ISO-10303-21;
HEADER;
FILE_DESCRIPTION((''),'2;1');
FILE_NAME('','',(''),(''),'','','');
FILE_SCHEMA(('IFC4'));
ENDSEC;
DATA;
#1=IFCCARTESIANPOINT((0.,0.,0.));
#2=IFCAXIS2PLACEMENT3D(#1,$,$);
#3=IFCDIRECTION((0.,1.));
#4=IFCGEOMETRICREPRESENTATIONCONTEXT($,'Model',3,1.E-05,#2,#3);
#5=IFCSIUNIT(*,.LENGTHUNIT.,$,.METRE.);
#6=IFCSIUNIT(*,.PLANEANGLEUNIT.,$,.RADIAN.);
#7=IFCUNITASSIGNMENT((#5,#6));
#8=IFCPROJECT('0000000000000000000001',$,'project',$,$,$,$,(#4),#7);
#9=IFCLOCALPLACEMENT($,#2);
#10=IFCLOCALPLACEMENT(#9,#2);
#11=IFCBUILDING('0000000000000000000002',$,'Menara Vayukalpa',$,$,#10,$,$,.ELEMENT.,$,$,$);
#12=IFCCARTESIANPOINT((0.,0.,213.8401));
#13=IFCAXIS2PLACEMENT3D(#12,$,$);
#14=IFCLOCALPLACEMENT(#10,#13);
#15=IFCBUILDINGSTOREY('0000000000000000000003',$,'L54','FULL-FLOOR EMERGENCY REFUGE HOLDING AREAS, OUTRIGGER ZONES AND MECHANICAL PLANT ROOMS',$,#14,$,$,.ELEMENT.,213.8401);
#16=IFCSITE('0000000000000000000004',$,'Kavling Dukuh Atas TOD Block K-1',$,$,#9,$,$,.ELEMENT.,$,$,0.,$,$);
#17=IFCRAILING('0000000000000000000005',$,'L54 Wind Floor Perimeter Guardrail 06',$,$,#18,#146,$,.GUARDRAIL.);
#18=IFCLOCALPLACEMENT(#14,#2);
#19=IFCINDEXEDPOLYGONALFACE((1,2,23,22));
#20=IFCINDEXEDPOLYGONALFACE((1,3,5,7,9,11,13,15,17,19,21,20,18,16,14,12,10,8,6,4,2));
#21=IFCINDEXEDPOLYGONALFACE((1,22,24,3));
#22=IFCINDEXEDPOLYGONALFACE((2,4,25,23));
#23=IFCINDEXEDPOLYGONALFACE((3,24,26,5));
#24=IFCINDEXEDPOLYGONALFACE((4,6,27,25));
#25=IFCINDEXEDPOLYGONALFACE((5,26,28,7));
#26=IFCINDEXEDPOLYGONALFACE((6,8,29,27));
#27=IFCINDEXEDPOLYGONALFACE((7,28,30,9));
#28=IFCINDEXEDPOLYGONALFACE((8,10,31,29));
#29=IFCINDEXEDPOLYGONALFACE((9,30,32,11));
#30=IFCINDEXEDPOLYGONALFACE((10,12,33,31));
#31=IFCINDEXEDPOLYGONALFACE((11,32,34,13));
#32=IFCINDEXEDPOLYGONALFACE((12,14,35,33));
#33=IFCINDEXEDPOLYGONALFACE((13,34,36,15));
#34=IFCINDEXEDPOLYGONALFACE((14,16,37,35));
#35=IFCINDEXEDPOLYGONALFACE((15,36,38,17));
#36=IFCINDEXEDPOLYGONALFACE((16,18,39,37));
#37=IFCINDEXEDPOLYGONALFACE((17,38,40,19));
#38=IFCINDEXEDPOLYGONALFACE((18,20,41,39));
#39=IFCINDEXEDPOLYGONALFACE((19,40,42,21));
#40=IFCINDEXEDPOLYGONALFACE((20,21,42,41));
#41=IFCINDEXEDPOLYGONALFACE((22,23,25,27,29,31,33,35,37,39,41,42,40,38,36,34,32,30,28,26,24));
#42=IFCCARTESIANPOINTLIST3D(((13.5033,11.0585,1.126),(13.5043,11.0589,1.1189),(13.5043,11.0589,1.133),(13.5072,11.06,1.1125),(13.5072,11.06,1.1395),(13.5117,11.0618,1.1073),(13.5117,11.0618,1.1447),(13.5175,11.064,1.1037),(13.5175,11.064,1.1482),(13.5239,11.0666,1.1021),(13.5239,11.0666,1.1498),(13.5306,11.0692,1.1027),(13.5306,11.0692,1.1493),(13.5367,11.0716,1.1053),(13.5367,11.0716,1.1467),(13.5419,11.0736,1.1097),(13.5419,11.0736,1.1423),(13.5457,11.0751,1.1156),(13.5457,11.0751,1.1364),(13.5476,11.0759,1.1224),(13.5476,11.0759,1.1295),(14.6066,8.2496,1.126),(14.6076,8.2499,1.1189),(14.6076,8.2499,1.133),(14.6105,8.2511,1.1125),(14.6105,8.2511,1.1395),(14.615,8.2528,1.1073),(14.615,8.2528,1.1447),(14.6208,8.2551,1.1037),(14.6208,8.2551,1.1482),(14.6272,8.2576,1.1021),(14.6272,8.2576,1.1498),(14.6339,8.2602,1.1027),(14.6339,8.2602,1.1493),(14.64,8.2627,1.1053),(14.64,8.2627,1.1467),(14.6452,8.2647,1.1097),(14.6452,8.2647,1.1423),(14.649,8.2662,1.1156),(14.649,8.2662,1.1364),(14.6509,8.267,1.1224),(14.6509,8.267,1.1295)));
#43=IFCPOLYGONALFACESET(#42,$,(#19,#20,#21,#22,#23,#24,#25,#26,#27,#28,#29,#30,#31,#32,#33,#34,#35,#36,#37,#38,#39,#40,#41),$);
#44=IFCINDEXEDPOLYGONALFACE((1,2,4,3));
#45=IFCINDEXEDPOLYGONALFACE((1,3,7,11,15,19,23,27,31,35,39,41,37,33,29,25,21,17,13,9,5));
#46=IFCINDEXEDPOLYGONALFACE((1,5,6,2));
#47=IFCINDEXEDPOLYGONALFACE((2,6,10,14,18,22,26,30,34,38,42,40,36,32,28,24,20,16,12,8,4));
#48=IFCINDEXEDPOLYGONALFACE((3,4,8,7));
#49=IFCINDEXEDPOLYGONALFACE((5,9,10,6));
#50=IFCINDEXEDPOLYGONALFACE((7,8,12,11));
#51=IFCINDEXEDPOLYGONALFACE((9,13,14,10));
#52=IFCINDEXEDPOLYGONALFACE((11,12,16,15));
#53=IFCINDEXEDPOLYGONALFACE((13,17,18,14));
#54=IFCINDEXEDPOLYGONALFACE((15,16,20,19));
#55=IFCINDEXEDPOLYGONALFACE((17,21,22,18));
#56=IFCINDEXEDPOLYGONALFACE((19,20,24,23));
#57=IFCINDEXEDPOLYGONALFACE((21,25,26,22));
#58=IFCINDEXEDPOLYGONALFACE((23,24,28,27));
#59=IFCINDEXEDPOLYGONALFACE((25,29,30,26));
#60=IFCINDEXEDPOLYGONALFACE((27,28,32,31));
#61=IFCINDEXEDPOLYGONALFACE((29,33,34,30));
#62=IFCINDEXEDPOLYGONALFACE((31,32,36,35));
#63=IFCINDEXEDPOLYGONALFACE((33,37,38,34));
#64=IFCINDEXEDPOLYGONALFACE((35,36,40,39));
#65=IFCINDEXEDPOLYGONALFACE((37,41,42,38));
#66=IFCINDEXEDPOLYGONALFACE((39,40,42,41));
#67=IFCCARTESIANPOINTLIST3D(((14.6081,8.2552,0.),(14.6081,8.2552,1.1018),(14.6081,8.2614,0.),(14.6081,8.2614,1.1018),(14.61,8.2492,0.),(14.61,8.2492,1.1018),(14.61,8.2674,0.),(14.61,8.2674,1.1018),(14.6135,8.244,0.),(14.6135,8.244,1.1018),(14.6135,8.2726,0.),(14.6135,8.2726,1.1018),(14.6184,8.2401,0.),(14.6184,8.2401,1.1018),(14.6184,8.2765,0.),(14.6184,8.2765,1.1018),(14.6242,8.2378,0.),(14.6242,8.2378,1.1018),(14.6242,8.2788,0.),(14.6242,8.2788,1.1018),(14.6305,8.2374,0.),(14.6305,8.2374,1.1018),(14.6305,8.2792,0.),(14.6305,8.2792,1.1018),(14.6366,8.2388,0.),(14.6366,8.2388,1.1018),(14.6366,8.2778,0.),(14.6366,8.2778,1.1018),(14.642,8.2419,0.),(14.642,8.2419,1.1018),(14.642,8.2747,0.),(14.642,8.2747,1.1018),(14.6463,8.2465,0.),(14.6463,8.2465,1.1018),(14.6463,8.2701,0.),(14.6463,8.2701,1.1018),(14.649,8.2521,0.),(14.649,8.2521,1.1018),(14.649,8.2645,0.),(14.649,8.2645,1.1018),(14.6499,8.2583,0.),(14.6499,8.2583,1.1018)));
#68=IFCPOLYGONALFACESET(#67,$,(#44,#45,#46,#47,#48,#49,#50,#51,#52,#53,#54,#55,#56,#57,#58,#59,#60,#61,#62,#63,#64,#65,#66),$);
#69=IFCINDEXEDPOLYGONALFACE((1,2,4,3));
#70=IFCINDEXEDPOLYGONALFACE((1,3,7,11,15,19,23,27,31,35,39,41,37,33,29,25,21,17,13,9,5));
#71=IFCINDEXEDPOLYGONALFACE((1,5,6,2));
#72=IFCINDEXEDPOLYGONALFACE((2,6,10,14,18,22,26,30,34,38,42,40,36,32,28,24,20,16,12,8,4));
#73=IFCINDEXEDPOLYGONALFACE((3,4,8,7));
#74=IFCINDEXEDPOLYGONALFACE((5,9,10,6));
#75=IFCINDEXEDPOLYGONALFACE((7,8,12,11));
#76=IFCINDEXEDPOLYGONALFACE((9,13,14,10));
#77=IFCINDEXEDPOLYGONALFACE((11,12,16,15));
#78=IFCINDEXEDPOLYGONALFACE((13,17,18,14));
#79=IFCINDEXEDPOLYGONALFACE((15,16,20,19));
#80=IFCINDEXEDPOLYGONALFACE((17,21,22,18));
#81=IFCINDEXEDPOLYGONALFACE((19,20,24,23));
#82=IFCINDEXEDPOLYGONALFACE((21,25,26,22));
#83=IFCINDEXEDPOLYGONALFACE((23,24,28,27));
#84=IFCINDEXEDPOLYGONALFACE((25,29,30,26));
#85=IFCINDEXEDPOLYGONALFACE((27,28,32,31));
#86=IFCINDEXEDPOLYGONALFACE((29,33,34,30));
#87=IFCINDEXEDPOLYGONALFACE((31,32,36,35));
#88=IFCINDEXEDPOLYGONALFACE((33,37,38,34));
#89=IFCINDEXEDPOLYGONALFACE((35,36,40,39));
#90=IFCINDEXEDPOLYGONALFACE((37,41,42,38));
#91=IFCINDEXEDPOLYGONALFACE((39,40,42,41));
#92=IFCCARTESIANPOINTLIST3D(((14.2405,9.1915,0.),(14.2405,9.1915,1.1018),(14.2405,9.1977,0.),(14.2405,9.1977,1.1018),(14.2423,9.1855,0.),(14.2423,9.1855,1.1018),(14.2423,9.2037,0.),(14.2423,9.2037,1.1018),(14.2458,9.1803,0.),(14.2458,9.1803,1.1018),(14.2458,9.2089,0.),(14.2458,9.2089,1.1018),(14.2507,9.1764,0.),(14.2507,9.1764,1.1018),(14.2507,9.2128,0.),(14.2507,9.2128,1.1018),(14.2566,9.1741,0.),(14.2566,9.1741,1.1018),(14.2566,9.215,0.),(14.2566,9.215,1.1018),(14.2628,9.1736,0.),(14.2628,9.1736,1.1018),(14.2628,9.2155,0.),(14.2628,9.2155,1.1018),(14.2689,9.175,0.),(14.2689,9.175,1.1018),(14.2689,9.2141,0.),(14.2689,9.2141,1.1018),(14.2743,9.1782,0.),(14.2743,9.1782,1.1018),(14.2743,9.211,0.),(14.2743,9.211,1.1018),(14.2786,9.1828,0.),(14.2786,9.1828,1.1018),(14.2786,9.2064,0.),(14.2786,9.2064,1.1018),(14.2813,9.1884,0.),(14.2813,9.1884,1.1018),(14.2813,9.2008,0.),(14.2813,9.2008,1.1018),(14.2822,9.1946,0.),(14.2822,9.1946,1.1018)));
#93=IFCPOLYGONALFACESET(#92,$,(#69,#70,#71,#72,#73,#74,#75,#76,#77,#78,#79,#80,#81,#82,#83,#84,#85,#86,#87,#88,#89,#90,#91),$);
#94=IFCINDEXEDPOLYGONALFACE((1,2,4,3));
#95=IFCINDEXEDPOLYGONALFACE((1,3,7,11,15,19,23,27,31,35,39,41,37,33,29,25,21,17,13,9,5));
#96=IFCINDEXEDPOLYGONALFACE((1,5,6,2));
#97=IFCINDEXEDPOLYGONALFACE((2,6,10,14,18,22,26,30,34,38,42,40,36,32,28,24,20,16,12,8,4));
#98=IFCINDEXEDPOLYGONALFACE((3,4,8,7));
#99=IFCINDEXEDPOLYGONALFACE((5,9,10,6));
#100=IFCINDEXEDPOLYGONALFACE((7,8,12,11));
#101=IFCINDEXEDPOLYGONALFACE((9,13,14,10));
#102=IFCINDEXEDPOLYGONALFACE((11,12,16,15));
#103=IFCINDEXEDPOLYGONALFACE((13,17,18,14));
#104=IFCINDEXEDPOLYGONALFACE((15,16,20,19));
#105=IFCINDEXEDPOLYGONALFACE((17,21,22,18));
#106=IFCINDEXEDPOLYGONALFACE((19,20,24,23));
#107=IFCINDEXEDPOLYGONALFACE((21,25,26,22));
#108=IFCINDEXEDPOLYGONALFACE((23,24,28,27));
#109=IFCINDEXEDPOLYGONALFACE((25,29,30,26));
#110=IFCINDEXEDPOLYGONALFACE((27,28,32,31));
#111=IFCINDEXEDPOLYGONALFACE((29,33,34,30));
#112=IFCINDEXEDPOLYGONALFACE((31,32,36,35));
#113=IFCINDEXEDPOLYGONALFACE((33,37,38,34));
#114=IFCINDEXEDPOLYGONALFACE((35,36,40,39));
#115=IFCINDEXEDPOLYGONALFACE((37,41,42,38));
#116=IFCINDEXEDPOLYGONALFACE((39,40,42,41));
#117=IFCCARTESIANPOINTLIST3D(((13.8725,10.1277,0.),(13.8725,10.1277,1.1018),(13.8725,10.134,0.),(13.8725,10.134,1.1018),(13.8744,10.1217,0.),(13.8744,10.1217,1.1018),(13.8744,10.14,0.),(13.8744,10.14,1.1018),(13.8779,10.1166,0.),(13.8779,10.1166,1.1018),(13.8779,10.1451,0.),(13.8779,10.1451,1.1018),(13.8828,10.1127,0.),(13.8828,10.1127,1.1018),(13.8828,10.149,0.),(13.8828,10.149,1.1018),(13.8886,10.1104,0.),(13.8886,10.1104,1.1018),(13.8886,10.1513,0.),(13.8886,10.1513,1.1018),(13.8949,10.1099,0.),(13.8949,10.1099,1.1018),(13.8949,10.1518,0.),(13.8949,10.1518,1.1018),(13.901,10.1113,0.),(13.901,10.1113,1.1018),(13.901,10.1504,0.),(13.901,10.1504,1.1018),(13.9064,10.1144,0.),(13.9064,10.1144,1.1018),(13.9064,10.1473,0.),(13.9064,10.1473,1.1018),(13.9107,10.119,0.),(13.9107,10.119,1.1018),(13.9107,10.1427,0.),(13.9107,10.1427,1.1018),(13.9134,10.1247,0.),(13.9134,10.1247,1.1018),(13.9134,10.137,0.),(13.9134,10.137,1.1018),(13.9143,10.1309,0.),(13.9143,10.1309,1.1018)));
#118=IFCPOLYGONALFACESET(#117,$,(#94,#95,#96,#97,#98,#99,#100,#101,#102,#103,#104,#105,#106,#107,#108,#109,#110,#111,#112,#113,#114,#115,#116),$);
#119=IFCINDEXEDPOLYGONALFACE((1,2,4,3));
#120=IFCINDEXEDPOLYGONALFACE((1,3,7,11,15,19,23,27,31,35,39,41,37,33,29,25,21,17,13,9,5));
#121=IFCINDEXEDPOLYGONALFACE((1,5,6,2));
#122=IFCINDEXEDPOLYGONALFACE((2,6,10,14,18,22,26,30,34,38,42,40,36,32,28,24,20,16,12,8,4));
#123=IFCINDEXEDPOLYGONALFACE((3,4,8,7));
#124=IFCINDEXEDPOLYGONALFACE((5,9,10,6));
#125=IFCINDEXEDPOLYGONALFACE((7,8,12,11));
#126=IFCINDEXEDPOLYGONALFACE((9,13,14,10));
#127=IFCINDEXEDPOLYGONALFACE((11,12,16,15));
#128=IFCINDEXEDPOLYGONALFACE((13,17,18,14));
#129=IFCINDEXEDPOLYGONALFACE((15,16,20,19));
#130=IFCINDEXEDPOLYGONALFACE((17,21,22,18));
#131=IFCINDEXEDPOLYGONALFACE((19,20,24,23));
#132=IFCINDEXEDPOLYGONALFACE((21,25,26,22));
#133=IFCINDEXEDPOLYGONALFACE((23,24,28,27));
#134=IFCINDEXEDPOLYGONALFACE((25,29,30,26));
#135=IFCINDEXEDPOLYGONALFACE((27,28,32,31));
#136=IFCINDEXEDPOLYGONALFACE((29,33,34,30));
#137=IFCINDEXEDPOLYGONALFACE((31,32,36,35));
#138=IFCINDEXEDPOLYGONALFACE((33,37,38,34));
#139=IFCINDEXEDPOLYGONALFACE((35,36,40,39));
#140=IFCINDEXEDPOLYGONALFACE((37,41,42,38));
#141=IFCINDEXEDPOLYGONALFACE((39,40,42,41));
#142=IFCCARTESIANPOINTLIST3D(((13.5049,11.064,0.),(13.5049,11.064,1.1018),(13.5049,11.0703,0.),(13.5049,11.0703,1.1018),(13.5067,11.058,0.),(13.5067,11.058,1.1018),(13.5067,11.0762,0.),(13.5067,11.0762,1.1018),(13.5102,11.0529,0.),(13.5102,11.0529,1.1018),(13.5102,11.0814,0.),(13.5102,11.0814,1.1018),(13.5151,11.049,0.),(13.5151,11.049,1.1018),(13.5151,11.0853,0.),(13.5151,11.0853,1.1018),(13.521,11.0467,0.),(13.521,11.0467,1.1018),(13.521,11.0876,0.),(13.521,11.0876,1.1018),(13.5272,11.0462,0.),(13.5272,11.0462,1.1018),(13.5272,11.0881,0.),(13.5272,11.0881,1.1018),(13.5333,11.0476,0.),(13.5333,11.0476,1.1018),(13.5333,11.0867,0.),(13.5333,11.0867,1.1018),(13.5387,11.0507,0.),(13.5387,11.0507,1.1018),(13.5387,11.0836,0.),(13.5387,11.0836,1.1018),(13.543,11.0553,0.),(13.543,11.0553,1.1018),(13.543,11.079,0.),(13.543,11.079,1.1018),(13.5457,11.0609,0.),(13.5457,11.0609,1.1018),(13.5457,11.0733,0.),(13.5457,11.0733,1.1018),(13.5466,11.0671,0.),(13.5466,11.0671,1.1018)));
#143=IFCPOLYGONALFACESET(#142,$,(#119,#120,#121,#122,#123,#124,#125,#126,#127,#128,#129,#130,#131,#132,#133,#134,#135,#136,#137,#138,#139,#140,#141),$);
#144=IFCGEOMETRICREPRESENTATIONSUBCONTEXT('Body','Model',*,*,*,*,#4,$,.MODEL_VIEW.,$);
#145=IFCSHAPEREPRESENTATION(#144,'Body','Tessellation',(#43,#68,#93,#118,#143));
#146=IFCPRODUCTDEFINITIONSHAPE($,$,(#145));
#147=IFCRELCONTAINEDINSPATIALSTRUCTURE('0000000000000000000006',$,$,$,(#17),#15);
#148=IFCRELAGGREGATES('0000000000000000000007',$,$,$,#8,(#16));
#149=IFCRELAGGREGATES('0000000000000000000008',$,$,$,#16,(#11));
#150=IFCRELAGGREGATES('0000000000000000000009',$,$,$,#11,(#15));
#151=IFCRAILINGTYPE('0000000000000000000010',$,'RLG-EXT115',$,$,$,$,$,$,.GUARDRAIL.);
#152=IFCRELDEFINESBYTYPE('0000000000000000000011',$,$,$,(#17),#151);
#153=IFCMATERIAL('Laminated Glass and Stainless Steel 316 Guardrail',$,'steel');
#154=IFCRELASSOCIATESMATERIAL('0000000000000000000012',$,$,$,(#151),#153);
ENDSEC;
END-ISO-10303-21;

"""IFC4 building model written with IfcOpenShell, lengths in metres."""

from ifc_helpers import new_model, si_unit, direction, frame, origin, origin_2d, place, context, subcontext, project, spatial, circle, extrude, material, type_object, element, save


model = new_model("IFC4")

# Units and contexts
model_context = context("Model", 3, precision=1e-05, world=origin(), true_north=direction((0.0, 1.0)))
body_context = subcontext(model_context, "Body", "Model", "MODEL_VIEW")
ifc_project = project(units=[si_unit("LENGTHUNIT", "METRE"), si_unit("PLANEANGLEUNIT", "RADIAN")], contexts=[model_context])

# Site, building, storey
site_placement = place(None, origin())
site = spatial("IfcSite", under=ifc_project, at=site_placement, Name="Kavling Dukuh Atas TOD Block K-1", CompositionType="ELEMENT", RefElevation=0.0)
building_placement = place(site_placement, origin())
building = spatial("IfcBuilding", under=site, at=building_placement, Name="Menara Vayukalpa", CompositionType="ELEMENT")
storey_placement = place(building_placement, frame((0.0, 0.0, 213.8401)))
storey = spatial("IfcBuildingStorey", under=building, at=storey_placement, Name="L54", Description="FULL-FLOOR EMERGENCY REFUGE HOLDING AREAS, OUTRIGGER ZONES AND MECHANICAL PLANT ROOMS", CompositionType="ELEMENT", Elevation=213.8401)

# Railing
ifc_material_1 = material(Name="Laminated Glass and Stainless Steel 316 Guardrail", Category="steel")
railing_type = type_object("IfcRailingType", Name="RLG-EXT115", PredefinedType="GUARDRAIL", material=ifc_material_1)
railing_1_placement = place(storey_placement, frame((14.6289, 8.2583, 0.0)))
element("IfcRailing", 1, at=railing_1_placement, inside=storey, type_object=railing_type, Name="L54 Wind Floor Perimeter Guardrail 06", PredefinedType="GUARDRAIL", context=body_context, shape_type="SweptSolid", body=[
    extrude(circle(Radius=0.0239, at=origin_2d()), frame((0.0, 0.0, 1.126), z_axis=(-0.365595, 0.930774, 0.0), x_axis=(-0.930774, -0.365595, 0.0)), (0.0, 0.0, 1.0), 3.0178),
    extrude(circle(Radius=0.021, at=origin_2d()), origin(), (0.0, 0.0, 1.0), 1.1018),
    extrude(circle(Radius=0.021, at=origin_2d()), frame((-0.3677, 0.9363, 0.0)), (0.0, 0.0, 1.0), 1.1018),
    extrude(circle(Radius=0.021, at=origin_2d()), frame((-0.7356, 1.8726, 0.0)), (0.0, 0.0, 1.0), 1.1018),
    extrude(circle(Radius=0.021, at=origin_2d()), frame((-1.1033, 2.8088, 0.0)), (0.0, 0.0, 1.0), 1.1018),
])

save(model, "model.ifc")
